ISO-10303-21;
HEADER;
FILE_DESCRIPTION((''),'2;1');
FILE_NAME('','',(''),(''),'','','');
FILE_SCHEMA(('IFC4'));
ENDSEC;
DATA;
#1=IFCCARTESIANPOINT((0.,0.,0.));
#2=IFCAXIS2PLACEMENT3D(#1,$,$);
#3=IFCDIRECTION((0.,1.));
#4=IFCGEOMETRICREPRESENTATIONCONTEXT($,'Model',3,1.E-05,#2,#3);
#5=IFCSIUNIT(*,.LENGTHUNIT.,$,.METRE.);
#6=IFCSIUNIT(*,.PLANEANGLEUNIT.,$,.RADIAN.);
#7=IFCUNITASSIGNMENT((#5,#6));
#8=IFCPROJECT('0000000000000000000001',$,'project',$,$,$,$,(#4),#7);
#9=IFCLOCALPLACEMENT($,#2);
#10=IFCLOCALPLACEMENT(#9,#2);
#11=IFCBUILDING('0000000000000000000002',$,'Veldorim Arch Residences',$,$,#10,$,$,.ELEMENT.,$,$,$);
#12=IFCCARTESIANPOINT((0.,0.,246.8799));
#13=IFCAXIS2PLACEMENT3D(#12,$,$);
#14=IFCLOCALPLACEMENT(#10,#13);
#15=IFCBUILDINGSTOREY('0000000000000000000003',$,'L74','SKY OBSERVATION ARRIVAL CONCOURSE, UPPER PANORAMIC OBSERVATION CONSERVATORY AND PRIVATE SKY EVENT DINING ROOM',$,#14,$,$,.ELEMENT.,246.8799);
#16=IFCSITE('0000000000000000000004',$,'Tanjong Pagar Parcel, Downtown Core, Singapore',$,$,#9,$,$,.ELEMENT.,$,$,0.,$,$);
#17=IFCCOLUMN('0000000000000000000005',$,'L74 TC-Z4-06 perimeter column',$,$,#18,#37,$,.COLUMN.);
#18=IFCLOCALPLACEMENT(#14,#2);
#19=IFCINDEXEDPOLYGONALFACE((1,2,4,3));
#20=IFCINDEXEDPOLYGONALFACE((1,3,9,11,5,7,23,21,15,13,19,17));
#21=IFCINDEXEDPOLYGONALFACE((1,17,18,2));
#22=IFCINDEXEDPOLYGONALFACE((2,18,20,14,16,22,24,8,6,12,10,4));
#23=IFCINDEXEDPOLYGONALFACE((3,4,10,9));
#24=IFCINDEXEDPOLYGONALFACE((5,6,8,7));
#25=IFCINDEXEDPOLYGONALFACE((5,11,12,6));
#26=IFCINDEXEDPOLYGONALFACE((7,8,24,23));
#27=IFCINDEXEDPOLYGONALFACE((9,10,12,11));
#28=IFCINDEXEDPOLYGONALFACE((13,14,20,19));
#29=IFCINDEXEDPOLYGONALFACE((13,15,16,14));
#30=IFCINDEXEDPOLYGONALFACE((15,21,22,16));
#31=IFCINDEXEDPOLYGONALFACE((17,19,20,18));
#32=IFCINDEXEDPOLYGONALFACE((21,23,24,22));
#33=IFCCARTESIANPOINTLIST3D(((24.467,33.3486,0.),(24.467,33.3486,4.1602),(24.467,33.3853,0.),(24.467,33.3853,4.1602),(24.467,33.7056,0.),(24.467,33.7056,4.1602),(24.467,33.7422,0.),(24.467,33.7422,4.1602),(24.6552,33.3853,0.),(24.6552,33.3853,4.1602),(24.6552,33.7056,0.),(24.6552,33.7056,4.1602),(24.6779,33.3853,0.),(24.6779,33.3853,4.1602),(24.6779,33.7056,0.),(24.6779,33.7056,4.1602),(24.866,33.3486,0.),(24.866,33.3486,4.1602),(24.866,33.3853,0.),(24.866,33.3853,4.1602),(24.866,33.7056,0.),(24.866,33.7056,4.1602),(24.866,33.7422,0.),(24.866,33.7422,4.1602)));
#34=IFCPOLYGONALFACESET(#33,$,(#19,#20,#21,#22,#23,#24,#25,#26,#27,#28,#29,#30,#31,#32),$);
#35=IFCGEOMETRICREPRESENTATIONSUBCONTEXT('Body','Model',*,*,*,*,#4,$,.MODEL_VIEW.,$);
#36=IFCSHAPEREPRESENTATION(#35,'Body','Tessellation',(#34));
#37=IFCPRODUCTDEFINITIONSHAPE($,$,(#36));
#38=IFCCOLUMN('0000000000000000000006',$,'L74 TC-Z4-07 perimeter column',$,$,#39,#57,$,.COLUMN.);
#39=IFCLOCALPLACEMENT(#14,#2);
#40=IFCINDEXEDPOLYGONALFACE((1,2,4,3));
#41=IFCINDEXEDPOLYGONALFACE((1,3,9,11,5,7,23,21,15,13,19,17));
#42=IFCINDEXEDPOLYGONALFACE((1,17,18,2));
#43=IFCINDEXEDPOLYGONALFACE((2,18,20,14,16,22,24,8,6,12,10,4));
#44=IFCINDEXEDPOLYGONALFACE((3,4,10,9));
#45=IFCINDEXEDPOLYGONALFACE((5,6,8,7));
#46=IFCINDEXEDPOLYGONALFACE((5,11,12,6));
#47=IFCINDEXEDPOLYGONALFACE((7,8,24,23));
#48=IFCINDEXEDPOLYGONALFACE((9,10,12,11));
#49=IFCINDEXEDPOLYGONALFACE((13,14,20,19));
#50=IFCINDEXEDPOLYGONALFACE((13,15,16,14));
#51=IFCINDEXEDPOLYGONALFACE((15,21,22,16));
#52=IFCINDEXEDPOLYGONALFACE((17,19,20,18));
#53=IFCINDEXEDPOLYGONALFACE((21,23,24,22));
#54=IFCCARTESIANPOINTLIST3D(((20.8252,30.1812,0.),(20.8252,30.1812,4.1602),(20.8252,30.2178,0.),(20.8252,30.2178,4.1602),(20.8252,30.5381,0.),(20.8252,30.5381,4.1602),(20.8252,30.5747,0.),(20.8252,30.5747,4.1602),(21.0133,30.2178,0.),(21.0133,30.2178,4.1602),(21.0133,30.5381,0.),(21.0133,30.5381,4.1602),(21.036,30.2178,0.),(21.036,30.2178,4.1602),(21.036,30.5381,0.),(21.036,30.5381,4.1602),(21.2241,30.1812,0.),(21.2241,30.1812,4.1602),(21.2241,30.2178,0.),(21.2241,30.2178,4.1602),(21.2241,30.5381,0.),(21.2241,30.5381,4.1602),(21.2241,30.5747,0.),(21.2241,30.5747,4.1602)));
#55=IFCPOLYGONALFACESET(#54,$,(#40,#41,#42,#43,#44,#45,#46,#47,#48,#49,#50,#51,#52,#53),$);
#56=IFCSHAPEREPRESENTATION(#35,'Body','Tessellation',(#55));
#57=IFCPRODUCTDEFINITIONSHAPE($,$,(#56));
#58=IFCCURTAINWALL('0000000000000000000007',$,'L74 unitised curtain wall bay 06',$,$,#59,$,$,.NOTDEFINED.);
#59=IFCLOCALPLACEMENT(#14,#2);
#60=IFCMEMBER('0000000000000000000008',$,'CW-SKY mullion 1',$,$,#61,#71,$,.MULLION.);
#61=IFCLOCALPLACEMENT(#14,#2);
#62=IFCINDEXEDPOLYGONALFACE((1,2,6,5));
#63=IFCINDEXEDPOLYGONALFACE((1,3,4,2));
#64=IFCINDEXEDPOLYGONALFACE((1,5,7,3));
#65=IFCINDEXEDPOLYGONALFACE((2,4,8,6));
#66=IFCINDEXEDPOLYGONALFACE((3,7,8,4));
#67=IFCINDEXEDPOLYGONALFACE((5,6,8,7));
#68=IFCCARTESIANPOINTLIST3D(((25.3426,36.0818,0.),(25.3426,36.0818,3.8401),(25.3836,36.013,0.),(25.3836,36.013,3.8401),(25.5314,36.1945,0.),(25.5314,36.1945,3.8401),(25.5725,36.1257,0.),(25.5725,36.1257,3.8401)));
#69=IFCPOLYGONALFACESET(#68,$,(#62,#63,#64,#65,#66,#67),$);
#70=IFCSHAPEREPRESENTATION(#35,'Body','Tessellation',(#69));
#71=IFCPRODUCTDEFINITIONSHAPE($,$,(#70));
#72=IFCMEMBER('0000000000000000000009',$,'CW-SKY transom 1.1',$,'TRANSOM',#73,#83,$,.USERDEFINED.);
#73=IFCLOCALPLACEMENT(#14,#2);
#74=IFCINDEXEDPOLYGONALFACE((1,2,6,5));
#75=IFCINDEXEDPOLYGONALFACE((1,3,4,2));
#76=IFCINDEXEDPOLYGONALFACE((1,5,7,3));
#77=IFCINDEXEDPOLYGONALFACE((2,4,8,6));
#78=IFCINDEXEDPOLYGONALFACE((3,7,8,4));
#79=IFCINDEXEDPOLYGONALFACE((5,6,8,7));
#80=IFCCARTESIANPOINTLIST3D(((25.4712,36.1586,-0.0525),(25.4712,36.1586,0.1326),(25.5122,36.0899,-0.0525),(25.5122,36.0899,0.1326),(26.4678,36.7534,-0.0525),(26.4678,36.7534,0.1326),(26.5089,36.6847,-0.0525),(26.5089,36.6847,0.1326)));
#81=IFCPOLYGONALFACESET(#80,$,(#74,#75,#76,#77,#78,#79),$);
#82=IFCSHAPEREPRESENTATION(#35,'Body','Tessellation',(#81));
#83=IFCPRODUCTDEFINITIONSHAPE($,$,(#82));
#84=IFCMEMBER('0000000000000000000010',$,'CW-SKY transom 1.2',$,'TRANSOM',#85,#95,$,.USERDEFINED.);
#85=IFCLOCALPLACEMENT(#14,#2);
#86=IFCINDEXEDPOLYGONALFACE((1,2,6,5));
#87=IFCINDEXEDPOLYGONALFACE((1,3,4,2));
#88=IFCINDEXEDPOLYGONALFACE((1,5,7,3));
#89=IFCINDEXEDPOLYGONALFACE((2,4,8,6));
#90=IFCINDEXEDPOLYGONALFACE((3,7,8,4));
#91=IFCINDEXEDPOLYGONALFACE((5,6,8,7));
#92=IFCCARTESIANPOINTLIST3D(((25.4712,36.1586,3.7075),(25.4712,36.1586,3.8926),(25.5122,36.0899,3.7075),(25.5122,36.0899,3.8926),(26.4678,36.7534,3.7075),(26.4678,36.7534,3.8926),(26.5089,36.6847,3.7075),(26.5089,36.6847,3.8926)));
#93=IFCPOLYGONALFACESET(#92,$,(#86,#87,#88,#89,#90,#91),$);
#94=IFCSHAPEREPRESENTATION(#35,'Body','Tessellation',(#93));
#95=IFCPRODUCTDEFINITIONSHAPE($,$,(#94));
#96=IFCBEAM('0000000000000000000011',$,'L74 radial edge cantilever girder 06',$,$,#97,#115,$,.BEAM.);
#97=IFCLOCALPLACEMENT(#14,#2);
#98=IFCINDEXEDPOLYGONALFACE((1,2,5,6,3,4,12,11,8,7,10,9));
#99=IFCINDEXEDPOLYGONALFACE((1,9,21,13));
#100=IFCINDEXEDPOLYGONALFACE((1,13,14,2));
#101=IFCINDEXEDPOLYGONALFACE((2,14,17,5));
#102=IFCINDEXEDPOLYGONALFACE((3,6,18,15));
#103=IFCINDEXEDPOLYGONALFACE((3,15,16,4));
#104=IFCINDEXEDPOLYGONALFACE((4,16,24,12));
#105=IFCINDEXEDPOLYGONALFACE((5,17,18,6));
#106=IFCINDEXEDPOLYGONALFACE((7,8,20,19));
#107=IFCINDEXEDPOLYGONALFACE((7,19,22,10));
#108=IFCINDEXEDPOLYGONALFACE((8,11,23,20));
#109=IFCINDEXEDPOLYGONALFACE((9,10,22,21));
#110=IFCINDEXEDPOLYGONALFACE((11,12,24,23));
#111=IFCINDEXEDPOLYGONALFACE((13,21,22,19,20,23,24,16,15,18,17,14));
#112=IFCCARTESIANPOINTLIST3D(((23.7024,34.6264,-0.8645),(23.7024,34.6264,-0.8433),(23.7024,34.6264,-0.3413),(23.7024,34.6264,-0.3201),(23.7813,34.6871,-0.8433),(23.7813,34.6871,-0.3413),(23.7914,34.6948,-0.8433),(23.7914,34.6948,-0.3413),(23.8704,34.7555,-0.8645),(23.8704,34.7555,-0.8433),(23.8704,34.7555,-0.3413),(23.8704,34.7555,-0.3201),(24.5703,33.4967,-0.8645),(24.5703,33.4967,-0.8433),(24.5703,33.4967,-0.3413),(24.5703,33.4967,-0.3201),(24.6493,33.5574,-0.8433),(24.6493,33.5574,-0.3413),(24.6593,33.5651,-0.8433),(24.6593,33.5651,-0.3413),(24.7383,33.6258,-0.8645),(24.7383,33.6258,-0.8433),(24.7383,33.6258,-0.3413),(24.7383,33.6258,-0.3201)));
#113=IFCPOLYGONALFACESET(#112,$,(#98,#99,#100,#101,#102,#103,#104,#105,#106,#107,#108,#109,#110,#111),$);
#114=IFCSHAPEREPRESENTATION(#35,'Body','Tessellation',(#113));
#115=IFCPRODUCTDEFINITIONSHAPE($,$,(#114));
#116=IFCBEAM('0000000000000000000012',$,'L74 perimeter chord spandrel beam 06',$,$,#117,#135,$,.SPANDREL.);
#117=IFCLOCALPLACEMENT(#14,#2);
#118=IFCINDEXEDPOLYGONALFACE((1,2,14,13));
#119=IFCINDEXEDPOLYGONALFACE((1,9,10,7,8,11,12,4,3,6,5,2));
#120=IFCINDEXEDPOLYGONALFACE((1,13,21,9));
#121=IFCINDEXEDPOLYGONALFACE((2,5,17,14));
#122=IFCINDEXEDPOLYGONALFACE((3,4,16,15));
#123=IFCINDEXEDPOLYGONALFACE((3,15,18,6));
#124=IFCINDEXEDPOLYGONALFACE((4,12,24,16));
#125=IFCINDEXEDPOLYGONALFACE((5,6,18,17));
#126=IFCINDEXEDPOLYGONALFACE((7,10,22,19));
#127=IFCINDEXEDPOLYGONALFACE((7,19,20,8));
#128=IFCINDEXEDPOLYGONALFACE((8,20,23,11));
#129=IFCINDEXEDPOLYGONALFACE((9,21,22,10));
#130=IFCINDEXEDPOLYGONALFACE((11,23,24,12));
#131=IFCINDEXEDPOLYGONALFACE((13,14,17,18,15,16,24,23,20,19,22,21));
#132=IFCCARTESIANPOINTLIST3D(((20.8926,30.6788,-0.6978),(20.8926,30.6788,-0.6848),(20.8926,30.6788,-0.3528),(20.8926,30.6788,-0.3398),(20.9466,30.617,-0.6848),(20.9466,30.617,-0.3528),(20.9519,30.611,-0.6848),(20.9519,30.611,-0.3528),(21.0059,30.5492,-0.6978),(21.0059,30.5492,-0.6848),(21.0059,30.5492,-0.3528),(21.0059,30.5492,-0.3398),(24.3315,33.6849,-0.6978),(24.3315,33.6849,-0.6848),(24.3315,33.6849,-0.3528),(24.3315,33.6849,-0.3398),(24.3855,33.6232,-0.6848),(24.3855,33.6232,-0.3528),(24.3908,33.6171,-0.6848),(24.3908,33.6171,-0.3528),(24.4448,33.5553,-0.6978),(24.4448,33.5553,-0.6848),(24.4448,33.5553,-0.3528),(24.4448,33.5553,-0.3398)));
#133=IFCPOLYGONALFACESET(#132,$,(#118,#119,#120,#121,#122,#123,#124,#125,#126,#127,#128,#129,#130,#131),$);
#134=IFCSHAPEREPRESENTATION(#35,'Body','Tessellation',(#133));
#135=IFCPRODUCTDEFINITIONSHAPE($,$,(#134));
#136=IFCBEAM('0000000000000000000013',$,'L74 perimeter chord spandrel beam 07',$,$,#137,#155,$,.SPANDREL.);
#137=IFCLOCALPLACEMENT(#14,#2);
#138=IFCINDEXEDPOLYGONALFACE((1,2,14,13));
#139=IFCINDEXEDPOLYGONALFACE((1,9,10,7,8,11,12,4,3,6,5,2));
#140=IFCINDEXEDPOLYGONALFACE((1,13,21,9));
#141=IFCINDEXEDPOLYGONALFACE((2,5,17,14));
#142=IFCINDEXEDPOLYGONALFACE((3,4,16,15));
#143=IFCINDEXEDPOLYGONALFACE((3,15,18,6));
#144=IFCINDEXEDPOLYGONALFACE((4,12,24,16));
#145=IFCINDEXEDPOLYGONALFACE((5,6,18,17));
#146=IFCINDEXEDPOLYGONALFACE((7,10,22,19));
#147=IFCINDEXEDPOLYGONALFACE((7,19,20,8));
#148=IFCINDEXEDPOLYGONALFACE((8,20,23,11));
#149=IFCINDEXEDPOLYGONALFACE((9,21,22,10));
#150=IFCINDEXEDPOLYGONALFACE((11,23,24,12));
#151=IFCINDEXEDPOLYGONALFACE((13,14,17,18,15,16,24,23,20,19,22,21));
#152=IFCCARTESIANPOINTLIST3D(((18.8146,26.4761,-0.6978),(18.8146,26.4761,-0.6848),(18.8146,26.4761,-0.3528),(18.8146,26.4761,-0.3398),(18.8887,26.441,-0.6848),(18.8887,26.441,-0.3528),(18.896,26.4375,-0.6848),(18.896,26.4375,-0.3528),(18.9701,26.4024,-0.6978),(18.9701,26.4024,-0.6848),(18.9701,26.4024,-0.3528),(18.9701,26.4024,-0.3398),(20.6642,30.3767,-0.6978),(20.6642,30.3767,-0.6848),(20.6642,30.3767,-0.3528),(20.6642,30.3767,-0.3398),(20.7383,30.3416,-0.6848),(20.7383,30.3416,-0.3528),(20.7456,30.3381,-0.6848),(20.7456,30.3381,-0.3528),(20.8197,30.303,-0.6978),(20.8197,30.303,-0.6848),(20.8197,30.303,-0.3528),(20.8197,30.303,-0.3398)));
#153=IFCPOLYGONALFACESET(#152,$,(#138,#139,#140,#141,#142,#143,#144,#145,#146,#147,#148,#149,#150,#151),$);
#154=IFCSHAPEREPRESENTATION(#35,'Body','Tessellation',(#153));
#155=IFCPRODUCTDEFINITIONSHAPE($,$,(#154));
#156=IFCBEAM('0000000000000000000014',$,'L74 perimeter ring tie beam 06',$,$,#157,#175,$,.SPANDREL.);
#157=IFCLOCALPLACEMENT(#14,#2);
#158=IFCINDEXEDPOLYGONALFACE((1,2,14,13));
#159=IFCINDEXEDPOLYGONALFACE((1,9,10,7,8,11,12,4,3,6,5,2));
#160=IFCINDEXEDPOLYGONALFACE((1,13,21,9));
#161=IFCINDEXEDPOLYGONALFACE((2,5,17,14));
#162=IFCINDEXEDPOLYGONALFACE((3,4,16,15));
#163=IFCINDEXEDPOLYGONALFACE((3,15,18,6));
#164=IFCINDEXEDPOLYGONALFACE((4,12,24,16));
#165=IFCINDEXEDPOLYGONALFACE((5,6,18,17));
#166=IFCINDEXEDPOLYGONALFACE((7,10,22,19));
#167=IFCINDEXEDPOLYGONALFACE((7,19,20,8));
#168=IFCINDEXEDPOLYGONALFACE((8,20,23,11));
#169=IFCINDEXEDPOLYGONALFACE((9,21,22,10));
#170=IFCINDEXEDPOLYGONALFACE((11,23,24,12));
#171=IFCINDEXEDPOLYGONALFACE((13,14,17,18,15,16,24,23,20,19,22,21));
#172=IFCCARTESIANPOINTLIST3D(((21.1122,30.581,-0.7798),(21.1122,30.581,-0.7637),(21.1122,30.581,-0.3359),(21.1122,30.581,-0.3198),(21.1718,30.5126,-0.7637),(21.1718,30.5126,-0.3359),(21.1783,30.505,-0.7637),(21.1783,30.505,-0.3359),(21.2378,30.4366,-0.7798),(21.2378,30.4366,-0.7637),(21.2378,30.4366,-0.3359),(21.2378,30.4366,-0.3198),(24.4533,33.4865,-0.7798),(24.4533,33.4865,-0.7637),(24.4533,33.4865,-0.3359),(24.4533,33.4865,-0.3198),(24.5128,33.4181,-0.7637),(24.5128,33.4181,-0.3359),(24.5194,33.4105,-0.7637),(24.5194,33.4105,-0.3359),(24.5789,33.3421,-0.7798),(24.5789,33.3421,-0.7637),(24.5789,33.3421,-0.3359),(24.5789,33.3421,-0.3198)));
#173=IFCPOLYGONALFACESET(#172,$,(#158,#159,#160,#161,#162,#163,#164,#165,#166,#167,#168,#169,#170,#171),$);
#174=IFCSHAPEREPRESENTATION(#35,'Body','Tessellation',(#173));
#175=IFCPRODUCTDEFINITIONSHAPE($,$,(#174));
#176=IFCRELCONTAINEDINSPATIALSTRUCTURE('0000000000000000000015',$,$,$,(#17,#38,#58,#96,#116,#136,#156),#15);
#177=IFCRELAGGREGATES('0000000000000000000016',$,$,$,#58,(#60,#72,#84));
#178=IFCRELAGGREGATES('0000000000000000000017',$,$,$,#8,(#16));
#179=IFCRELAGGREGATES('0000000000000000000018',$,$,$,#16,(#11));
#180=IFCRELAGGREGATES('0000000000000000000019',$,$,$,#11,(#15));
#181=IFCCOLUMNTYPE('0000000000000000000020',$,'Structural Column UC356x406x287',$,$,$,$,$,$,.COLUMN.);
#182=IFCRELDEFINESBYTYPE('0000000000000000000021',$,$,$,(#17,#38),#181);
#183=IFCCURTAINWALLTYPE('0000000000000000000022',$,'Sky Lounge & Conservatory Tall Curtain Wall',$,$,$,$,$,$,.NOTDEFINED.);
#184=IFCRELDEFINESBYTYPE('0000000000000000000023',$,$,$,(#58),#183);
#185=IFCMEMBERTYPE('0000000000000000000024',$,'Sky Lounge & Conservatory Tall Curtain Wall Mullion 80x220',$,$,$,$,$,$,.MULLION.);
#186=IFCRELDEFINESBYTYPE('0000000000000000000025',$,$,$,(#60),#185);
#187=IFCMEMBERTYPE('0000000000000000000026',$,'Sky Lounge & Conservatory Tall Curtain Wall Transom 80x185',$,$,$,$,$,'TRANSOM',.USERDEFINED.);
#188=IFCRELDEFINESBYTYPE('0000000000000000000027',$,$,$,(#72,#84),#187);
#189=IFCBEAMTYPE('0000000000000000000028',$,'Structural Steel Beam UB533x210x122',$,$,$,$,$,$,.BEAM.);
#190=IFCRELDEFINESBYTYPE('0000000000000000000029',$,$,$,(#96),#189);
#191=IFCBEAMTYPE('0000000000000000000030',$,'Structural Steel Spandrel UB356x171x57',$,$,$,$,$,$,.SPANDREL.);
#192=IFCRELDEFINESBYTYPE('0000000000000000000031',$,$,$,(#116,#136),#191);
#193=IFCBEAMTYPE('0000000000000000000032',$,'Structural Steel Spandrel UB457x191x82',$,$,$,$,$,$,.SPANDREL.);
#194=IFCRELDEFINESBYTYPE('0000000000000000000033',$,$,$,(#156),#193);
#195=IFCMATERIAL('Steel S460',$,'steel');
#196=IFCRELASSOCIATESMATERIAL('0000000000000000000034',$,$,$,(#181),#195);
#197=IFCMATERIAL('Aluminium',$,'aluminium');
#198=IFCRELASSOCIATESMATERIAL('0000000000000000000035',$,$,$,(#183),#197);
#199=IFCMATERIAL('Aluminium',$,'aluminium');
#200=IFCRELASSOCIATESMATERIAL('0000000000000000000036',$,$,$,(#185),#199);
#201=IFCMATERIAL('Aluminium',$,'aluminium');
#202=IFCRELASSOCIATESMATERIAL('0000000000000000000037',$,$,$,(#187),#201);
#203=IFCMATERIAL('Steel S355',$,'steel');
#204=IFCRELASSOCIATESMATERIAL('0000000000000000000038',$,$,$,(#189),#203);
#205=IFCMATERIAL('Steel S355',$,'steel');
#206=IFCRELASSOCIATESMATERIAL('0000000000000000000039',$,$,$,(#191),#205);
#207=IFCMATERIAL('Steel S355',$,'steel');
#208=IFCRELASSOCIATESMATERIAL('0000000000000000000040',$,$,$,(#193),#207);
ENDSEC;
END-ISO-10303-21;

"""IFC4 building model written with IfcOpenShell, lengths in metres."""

from ifc_helpers import new_model, si_unit, direction, frame, origin, origin_2d, place, context, subcontext, project, spatial, rectangle, i_section, extrude, material, material_profile, profile_set, type_object, element, aggregate, save


model = new_model("IFC4")

# Units and contexts
model_context = context("Model", 3, precision=1e-05, world=origin(), true_north=direction((0.0, 1.0)))
body_context = subcontext(model_context, "Body", "Model", "MODEL_VIEW")
ifc_project = project(units=[si_unit("LENGTHUNIT", "METRE"), si_unit("PLANEANGLEUNIT", "RADIAN")], contexts=[model_context])

# Site, building, storey
site_placement = place(None, origin())
site = spatial("IfcSite", under=ifc_project, at=site_placement, Name="Tanjong Pagar Parcel, Downtown Core, Singapore", CompositionType="ELEMENT", RefElevation=0.0)
building_placement = place(site_placement, origin())
building = spatial("IfcBuilding", under=site, at=building_placement, Name="Veldorim Arch Residences", CompositionType="ELEMENT")
storey_placement = place(building_placement, frame((0.0, 0.0, 246.8799)))
storey = spatial("IfcBuildingStorey", under=building, at=storey_placement, Name="L74", Description="SKY OBSERVATION ARRIVAL CONCOURSE, UPPER PANORAMIC OBSERVATION CONSERVATORY AND PRIVATE SKY EVENT DINING ROOM", CompositionType="ELEMENT", Elevation=246.8799)

# Columns
ifc_material_1 = material(Name="Steel S460", Category="steel")
ifc_material_profile_1 = material_profile(ifc_material_1, i_section(OverallWidth=0.3989, OverallDepth=0.3936, WebThickness=0.0227, FlangeThickness=0.0366, at=origin_2d()), Name="UC356x406x287")
ifc_profile_set_1 = profile_set([ifc_material_profile_1], Name="Steel S460")
column_type = type_object("IfcColumnType", Name="Structural Column UC356x406x287", PredefinedType="COLUMN", material=ifc_profile_set_1)
for number, where, z_axis, x_axis, name in (
    (1, (24.6665, 33.5454, 0.0), (0.0, 0.0, 1.0), (1.0, 0.0, 0.0), "L74 TC-Z4-06 perimeter column"),
    (2, (21.0247, 30.3779, 0.0), (0.0, 0.0, 1.0), (1.0, 0.0, 0.0), "L74 TC-Z4-07 perimeter column"),
):
    element("IfcColumn", number, at=place(storey_placement, frame(where, z_axis=z_axis, x_axis=x_axis)), inside=storey, type_object=column_type, Name=name, PredefinedType="COLUMN", context=body_context, shape_type="SweptSolid", body=[
        extrude(i_section(OverallWidth=0.3989, OverallDepth=0.3936, WebThickness=0.0227, FlangeThickness=0.0366, at=origin_2d()), origin(), (0.0, 0.0, 1.0), 4.1602),
    ])

# Curtain wall, members
ifc_material_2 = material(Name="Aluminium", Category="aluminium")
curtain_wall_type = type_object("IfcCurtainWallType", Name="Sky Lounge & Conservatory Tall Curtain Wall", PredefinedType="NOTDEFINED", material=ifc_material_2)
curtain_wall_placement = place(storey_placement, origin())
curtain_wall = element("IfcCurtainWall", 3, at=curtain_wall_placement, inside=storey, type_object=curtain_wall_type, Name="L74 unitised curtain wall bay 06", PredefinedType="NOTDEFINED")
ifc_material_3 = material(Name="Aluminium", Category="aluminium")
ifc_material_profile_2 = material_profile(ifc_material_3, rectangle(XDim=0.0801, YDim=0.22, at=origin_2d()), Name="ALU_MUL_80x220")
ifc_profile_set_2 = profile_set([ifc_material_profile_2], Name="Aluminium")
member_type_1 = type_object("IfcMemberType", Name="Sky Lounge & Conservatory Tall Curtain Wall Mullion 80x220", PredefinedType="MULLION", material=ifc_profile_set_2)
member_1_placement = place(storey_placement, frame((25.4575, 36.1038, 0.0), z_axis=(0.0, 0.0, 1.0), x_axis=(-0.512467, 0.858707, 0.0)))
member_1 = element("IfcMember", 4, at=member_1_placement, type_object=member_type_1, Name="CW-SKY mullion 1", PredefinedType="MULLION", context=body_context, shape_type="SweptSolid", body=[
    extrude(rectangle(XDim=0.0801, YDim=0.22, at=origin_2d()), origin(), (0.0, 0.0, 1.0), 3.8401),
])
ifc_material_4 = material(Name="Aluminium", Category="aluminium")
ifc_material_profile_3 = material_profile(ifc_material_4, rectangle(XDim=0.0801, YDim=0.1851, at=origin_2d()), Name="ALU_TRN_80x185")
ifc_profile_set_3 = profile_set([ifc_material_profile_3], Name="Aluminium")
member_type_2 = type_object("IfcMemberType", Name="Sky Lounge & Conservatory Tall Curtain Wall Transom 80x185", ElementType="TRANSOM", PredefinedType="USERDEFINED", material=ifc_profile_set_3)
member_2_placement = place(storey_placement, frame((25.4917, 36.1243, 0.04), z_axis=(0.858716, 0.512453, 0.0), x_axis=(-0.512453, 0.858716, 0.0)))
member_2 = element("IfcMember", 5, at=member_2_placement, type_object=member_type_2, Name="CW-SKY transom 1.1", ObjectType="TRANSOM", PredefinedType="USERDEFINED", context=body_context, shape_type="SweptSolid", body=[
    extrude(rectangle(XDim=0.0801, YDim=0.1851, at=origin_2d()), origin(), (0.0, 0.0, 1.0), 1.1606),
])
member_3_placement = place(storey_placement, frame((25.4917, 36.1243, 3.8), z_axis=(0.858716, 0.512453, 0.0), x_axis=(-0.512453, 0.858716, 0.0)))
member_3 = element("IfcMember", 6, at=member_3_placement, type_object=member_type_2, Name="CW-SKY transom 1.2", ObjectType="TRANSOM", PredefinedType="USERDEFINED", context=body_context, shape_type="SweptSolid", body=[
    extrude(rectangle(XDim=0.0801, YDim=0.1851, at=origin_2d()), origin(), (0.0, 0.0, 1.0), 1.1606),
])

# Beams
ifc_material_5 = material(Name="Steel S355", Category="steel")
ifc_material_profile_4 = material_profile(ifc_material_5, i_section(OverallWidth=0.2119, OverallDepth=0.5444, WebThickness=0.0127, FlangeThickness=0.0212, at=origin_2d()), Name="UB533x210x122")
ifc_profile_set_4 = profile_set([ifc_material_profile_4], Name="Steel S355")
beam_type_1 = type_object("IfcBeamType", Name="Structural Steel Beam UB533x210x122", PredefinedType="BEAM", material=ifc_profile_set_4)
beam_1_placement = place(storey_placement, frame((24.6543, 33.5613, -0.5923), z_axis=(-0.609255, 0.792974, 0.0), x_axis=(-0.792974, -0.609255, 0.0)))
element("IfcBeam", 7, at=beam_1_placement, inside=storey, type_object=beam_type_1, Name="L74 radial edge cantilever girder 06", PredefinedType="BEAM", context=body_context, shape_type="SweptSolid", body=[
    extrude(i_section(OverallWidth=0.2119, OverallDepth=0.5444, WebThickness=0.0127, FlangeThickness=0.0212, at=origin_2d()), origin(), (0.0, 0.0, 1.0), 1.4246),
])
ifc_material_6 = material(Name="Steel S355", Category="steel")
ifc_material_profile_5 = material_profile(ifc_material_6, i_section(OverallWidth=0.1721, OverallDepth=0.3579, WebThickness=0.0081, FlangeThickness=0.0129, at=origin_2d()), Name="UB356x171x57")
ifc_profile_set_5 = profile_set([ifc_material_profile_5], Name="Steel S355")
beam_type_2 = type_object("IfcBeamType", Name="Structural Steel Spandrel UB356x171x57", PredefinedType="SPANDREL", material=ifc_profile_set_5)
beam_2_placement = place(storey_placement, frame((24.3882, 33.6201, -0.5188), z_axis=(-0.752901, -0.658134, 0.0), x_axis=(0.658134, -0.752901, 0.0)))
element("IfcBeam", 8, at=beam_2_placement, inside=storey, type_object=beam_type_2, Name="L74 perimeter chord spandrel beam 06", PredefinedType="SPANDREL", context=body_context, shape_type="SweptSolid", body=[
    extrude(i_section(OverallWidth=0.1721, OverallDepth=0.3579, WebThickness=0.0081, FlangeThickness=0.0129, at=origin_2d()), origin(), (0.0, 0.0, 1.0), 4.5676),
])
beam_3_placement = place(storey_placement, frame((20.7419, 30.3398, -0.5188), z_axis=(-0.428453, -0.903564, 0.0), x_axis=(0.903564, -0.428453, 0.0)))
element("IfcBeam", 9, at=beam_3_placement, inside=storey, type_object=beam_type_2, Name="L74 perimeter chord spandrel beam 07", PredefinedType="SPANDREL", context=body_context, shape_type="SweptSolid", body=[
    extrude(i_section(OverallWidth=0.1721, OverallDepth=0.3579, WebThickness=0.0081, FlangeThickness=0.0129, at=origin_2d()), origin(), (0.0, 0.0, 1.0), 4.3169),
])
ifc_material_7 = material(Name="Steel S355", Category="steel")
ifc_material_profile_6 = material_profile(ifc_material_7, i_section(OverallWidth=0.1914, OverallDepth=0.46, WebThickness=0.01, FlangeThickness=0.0161, at=origin_2d()), Name="UB457x191x82")
ifc_profile_set_6 = profile_set([ifc_material_profile_6], Name="Steel S355")
beam_type_3 = type_object("IfcBeamType", Name="Structural Steel Spandrel UB457x191x82", PredefinedType="SPANDREL", material=ifc_profile_set_6)
beam_4_placement = place(storey_placement, frame((24.5161, 33.4143, -0.5498), z_axis=(-0.754578, -0.65621, 0.0), x_axis=(0.65621, -0.754578, 0.0)))
element("IfcBeam", 10, at=beam_4_placement, inside=storey, type_object=beam_type_3, Name="L74 perimeter ring tie beam 06", PredefinedType="SPANDREL", context=body_context, shape_type="SweptSolid", body=[
    extrude(i_section(OverallWidth=0.1914, OverallDepth=0.46, WebThickness=0.01, FlangeThickness=0.0161, at=origin_2d()), origin(), (0.0, 0.0, 1.0), 4.4277),
])

aggregate(curtain_wall, [member_1, member_2, member_3])

save(model, "model.ifc")
